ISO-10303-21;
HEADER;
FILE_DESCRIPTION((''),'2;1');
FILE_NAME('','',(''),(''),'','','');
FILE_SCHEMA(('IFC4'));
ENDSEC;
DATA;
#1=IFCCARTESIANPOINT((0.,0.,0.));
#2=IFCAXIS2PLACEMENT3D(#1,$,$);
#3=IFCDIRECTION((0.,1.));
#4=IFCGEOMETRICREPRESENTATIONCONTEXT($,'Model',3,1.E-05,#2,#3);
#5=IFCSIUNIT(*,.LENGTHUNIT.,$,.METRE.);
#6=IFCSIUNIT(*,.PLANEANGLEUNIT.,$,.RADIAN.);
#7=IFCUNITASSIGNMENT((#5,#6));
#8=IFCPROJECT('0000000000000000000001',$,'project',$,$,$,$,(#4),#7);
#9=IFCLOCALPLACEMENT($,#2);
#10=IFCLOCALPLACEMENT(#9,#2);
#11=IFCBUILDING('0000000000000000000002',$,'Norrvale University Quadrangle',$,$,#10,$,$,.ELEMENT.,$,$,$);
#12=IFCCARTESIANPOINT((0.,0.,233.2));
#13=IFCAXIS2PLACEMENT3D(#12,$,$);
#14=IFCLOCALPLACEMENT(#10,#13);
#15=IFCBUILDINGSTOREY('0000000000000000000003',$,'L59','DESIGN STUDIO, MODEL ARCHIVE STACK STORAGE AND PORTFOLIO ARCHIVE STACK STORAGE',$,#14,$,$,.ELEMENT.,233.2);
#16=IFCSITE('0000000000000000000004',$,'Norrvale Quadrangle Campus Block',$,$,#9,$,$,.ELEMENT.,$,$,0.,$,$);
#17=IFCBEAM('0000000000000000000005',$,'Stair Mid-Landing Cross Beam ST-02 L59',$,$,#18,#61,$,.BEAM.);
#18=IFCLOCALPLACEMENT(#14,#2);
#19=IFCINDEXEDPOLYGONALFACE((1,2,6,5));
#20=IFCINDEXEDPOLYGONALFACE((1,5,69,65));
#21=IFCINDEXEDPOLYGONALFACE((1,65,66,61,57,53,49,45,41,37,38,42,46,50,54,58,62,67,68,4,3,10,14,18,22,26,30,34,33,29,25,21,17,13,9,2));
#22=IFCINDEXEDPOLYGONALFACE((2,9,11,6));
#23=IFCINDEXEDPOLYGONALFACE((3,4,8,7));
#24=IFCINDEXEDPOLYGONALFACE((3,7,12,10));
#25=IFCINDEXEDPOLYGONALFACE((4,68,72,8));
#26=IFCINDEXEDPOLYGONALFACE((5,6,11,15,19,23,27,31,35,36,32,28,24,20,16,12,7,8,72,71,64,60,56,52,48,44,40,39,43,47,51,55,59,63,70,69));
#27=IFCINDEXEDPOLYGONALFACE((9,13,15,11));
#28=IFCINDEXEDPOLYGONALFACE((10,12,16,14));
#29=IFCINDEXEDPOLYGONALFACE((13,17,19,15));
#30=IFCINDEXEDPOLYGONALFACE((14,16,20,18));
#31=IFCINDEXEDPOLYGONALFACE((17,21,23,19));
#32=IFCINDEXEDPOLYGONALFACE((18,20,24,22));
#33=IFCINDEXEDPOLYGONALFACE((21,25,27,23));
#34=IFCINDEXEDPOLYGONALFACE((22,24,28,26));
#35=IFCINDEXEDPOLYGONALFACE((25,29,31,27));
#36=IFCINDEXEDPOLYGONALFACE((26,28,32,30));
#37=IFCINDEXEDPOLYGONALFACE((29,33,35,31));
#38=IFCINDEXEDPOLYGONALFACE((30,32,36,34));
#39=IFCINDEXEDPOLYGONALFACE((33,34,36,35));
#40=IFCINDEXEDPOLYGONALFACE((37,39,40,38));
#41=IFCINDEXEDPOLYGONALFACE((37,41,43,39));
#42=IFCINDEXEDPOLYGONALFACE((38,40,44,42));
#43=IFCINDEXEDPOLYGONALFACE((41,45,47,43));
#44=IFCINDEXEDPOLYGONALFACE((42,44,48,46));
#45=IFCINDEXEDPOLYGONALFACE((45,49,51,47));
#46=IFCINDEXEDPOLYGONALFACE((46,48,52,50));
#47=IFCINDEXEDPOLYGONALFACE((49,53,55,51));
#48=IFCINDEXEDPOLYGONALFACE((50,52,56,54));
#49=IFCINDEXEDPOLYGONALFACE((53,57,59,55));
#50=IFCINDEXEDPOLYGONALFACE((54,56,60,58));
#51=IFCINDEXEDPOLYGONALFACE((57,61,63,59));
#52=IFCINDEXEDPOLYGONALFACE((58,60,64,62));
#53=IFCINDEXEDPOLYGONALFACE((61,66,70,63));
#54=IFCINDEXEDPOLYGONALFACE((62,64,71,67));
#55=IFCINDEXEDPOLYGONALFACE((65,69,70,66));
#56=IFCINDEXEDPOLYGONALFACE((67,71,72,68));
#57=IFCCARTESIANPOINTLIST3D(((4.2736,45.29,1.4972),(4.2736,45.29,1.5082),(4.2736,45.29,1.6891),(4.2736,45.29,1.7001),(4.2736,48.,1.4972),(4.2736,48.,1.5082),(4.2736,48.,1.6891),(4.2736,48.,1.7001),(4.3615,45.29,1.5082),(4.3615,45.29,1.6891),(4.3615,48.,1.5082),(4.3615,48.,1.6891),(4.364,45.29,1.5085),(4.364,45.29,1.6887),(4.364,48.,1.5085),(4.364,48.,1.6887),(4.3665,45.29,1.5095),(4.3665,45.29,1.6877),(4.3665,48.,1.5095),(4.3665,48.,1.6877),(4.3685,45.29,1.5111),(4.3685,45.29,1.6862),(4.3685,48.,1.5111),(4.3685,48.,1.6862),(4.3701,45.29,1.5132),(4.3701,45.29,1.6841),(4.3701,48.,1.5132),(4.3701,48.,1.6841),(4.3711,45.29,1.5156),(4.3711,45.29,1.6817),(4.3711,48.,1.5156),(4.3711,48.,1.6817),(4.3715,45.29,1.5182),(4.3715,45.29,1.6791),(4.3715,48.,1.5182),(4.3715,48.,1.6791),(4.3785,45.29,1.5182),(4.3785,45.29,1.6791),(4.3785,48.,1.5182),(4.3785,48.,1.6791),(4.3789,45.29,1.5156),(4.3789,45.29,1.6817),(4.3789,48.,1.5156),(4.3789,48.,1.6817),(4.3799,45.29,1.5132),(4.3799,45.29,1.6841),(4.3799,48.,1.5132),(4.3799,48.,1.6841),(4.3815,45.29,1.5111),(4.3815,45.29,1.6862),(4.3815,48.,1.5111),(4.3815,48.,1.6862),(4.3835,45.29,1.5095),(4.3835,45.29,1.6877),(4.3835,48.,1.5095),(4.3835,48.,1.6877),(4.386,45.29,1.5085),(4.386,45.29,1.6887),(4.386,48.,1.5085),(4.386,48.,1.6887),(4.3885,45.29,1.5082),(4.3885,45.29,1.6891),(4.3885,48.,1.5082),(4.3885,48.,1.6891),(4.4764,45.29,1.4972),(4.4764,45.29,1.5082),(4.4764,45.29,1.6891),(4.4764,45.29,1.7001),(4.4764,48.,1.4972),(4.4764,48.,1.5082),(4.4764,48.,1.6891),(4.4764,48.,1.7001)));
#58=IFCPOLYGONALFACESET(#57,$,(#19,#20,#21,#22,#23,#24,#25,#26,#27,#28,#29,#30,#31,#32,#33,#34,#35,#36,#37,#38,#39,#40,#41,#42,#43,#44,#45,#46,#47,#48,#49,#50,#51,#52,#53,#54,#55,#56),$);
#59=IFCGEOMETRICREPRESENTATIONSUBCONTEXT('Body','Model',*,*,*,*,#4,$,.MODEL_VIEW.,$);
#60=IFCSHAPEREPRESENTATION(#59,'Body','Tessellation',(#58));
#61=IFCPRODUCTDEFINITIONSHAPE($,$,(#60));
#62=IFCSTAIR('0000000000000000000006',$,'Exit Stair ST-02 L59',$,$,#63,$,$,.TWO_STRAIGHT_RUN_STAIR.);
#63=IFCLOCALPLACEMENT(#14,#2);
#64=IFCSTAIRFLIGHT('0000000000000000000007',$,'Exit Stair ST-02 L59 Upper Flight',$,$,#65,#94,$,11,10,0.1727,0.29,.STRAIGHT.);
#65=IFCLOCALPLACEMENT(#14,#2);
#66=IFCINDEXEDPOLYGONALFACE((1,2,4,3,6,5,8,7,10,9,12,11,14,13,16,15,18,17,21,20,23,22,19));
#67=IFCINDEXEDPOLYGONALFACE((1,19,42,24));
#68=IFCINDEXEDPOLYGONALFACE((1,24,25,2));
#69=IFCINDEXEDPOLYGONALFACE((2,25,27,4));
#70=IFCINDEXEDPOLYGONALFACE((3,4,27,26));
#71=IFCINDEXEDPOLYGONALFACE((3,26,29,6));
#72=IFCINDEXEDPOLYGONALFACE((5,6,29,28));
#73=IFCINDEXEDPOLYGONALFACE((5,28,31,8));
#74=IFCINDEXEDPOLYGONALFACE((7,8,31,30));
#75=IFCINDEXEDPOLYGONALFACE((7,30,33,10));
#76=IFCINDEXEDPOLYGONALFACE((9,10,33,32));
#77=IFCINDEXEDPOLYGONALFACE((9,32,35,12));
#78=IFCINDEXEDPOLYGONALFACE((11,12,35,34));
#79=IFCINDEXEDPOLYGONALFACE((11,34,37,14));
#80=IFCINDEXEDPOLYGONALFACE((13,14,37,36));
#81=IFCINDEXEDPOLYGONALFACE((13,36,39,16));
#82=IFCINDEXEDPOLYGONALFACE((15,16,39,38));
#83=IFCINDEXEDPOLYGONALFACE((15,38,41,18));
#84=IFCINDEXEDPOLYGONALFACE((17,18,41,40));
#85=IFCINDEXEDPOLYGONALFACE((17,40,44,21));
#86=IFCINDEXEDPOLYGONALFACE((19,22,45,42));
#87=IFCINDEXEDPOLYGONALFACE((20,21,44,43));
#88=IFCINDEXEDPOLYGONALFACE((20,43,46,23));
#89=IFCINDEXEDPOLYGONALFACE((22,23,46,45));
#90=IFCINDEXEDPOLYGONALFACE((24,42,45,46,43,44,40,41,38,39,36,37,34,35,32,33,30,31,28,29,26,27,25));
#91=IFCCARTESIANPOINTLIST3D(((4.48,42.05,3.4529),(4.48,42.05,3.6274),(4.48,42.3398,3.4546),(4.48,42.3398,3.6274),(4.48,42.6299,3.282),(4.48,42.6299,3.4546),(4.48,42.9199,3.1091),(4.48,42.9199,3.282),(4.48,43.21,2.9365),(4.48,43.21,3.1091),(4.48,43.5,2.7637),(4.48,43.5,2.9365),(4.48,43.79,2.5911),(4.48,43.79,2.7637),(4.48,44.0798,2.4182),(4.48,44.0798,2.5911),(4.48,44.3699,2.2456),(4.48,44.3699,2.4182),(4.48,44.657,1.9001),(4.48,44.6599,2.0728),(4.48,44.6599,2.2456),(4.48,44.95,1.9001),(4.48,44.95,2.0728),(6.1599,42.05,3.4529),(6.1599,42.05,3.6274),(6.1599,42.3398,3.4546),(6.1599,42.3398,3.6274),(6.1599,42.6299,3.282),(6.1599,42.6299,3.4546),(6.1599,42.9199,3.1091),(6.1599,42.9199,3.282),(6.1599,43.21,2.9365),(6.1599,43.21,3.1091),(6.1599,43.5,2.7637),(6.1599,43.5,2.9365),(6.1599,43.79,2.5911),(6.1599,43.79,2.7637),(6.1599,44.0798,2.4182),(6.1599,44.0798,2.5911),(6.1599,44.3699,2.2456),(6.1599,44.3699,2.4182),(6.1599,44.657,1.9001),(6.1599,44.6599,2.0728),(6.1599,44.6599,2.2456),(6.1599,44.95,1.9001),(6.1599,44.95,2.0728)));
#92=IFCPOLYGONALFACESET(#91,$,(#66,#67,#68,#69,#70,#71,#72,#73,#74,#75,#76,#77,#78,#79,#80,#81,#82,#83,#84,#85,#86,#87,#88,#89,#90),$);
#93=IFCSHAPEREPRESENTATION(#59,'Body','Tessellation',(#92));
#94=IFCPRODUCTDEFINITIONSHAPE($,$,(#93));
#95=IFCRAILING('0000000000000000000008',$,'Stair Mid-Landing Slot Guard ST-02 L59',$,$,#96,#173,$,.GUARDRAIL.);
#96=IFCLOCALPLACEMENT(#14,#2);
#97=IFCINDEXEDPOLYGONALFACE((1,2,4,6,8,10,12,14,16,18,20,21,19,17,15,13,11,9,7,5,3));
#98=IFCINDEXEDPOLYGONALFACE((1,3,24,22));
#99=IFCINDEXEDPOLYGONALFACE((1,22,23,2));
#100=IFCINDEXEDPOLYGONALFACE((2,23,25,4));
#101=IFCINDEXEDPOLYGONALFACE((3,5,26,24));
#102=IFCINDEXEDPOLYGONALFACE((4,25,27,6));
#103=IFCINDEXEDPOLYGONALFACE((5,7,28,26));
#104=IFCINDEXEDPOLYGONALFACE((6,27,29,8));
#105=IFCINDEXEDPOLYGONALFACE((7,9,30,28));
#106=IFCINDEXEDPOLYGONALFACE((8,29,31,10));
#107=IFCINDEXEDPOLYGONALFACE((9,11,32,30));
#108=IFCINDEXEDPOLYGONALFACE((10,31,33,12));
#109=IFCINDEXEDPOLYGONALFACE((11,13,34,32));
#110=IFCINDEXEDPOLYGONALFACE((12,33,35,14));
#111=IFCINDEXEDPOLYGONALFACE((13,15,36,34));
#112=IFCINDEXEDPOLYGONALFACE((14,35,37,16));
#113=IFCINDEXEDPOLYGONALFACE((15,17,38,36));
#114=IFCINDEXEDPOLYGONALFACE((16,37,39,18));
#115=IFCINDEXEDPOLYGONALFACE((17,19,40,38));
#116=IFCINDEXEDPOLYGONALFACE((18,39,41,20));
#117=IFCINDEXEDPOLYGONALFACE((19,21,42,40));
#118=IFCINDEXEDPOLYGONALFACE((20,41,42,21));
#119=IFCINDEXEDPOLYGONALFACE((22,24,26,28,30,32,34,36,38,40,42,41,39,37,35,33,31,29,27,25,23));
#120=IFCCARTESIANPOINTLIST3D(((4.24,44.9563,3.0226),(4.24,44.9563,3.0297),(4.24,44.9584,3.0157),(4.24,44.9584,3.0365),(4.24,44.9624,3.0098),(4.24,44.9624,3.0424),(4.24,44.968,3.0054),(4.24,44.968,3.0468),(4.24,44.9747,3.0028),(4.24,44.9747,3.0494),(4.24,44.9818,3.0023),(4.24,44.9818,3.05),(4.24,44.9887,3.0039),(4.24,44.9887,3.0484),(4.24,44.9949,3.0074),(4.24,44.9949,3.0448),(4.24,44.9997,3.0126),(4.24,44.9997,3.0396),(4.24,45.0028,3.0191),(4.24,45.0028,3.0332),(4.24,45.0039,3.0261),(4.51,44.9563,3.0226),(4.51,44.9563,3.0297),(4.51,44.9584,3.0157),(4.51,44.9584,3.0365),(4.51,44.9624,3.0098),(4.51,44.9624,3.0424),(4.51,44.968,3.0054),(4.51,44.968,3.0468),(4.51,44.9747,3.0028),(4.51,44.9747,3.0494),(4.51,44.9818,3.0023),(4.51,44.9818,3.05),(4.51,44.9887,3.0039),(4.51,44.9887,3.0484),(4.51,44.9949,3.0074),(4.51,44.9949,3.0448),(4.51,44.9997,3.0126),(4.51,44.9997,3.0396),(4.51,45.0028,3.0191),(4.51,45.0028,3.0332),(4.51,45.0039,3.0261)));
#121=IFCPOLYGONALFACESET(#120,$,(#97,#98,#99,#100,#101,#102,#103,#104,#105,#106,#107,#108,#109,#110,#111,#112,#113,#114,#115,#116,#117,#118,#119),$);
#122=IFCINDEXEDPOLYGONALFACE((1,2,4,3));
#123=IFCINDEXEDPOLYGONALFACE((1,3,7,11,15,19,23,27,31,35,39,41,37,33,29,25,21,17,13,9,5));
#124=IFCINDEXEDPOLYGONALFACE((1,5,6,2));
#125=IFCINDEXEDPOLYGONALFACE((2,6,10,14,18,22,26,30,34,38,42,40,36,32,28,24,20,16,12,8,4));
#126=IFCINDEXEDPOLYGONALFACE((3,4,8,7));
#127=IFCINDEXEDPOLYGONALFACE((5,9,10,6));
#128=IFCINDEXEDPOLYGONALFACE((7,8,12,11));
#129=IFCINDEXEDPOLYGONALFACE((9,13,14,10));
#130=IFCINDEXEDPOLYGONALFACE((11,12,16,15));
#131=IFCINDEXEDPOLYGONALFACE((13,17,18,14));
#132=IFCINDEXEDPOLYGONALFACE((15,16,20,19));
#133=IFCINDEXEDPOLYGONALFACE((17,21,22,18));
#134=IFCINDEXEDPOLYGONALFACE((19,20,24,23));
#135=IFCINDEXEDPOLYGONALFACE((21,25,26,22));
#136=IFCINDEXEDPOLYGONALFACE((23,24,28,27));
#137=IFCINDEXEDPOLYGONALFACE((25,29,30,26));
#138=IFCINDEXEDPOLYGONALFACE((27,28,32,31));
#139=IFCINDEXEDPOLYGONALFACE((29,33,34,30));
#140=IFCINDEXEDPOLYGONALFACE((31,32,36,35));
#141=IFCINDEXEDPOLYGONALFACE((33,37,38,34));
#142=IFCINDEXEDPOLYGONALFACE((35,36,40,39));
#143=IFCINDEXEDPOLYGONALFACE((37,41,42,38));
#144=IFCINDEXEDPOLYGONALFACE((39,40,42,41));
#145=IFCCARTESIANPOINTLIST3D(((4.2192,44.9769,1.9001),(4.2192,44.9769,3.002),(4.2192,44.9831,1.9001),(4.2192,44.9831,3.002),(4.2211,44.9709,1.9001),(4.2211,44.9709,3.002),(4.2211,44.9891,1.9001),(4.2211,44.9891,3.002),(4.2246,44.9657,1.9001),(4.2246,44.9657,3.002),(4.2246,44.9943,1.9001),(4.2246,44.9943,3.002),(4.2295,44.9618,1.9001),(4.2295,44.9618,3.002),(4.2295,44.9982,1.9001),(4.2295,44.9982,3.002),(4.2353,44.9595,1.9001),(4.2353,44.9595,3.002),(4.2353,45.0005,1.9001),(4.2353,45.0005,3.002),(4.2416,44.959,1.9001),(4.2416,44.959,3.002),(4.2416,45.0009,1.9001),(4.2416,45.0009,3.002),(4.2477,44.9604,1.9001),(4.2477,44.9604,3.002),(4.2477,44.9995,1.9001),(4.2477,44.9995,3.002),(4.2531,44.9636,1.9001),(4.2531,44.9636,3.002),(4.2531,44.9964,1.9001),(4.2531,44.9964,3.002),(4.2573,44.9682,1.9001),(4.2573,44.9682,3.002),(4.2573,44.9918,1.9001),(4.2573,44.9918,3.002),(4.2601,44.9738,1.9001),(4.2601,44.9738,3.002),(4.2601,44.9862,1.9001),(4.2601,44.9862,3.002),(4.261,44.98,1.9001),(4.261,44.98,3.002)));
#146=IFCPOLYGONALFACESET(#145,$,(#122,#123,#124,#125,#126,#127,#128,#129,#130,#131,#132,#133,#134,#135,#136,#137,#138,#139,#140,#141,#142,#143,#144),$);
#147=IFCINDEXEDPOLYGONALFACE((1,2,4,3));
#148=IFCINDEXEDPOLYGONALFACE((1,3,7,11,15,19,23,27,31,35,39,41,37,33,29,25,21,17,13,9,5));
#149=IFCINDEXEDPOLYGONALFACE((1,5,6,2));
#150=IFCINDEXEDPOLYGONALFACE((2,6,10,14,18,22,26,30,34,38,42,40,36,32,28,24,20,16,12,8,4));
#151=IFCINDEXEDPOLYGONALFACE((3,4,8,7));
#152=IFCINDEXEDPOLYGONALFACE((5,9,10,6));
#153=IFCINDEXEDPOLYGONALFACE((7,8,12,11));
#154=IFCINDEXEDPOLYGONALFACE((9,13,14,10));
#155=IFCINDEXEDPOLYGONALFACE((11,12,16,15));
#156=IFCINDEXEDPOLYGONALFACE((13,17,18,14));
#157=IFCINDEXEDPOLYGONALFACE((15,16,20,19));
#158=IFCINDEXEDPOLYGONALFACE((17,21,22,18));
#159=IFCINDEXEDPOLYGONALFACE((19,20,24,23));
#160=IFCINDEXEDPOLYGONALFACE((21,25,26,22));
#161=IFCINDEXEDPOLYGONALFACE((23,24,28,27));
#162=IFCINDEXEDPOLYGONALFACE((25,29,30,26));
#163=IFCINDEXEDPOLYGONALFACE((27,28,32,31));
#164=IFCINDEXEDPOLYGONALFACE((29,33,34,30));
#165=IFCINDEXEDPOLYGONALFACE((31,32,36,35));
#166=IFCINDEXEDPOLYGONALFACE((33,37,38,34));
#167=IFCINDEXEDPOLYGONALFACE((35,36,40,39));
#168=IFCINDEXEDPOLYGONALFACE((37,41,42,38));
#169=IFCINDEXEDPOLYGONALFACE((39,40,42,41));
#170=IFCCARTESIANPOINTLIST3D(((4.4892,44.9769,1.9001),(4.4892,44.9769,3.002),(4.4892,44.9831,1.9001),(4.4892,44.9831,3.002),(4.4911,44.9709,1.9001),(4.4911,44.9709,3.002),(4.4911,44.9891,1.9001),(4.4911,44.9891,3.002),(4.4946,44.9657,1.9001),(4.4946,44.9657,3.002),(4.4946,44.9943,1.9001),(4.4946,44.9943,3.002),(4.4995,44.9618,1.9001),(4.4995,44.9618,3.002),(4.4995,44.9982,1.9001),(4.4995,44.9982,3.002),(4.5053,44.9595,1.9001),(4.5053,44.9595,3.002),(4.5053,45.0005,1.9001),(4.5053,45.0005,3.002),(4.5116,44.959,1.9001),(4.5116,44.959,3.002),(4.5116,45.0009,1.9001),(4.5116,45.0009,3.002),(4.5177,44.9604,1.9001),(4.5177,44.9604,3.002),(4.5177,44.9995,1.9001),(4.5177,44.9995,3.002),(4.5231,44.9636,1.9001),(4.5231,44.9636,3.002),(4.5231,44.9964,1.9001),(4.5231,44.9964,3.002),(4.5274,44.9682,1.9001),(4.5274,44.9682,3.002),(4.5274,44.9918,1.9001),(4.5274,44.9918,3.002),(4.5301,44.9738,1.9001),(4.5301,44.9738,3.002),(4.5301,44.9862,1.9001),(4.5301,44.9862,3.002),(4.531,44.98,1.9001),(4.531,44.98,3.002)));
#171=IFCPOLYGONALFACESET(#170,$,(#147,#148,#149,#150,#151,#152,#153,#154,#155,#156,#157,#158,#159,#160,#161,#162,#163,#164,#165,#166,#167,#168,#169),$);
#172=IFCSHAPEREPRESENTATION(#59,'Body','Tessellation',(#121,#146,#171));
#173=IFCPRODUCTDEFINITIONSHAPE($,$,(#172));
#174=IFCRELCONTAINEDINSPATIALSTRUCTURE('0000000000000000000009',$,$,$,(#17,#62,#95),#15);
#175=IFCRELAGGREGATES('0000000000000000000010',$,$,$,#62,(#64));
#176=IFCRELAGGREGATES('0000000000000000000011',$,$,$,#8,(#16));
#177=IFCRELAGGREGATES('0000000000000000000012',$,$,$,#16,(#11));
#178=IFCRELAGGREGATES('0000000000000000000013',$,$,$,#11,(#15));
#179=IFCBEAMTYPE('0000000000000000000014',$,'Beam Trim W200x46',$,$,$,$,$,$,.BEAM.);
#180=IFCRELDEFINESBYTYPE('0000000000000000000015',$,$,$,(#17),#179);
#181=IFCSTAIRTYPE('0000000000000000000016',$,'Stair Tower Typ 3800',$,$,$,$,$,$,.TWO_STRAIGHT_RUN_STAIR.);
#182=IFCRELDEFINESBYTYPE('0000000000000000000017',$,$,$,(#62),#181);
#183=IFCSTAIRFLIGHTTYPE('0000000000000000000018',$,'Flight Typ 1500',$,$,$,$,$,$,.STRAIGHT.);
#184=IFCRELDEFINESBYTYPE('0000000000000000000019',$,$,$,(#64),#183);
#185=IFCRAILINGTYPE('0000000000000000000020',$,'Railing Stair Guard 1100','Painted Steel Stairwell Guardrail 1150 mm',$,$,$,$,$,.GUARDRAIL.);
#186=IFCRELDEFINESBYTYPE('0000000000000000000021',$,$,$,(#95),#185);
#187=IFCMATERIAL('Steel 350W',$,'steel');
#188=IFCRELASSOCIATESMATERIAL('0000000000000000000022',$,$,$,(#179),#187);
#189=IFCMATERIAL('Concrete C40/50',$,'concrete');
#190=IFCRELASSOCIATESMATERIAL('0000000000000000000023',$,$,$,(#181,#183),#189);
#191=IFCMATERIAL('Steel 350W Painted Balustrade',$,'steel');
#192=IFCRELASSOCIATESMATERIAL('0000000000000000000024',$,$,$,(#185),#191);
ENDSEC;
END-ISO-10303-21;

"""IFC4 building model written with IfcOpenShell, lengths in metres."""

from ifc_helpers import new_model, si_unit, direction, frame, origin, origin_2d, place, context, subcontext, project, spatial, polyline, circle, i_section, outline, extrude, material, material_profile, profile_set, type_object, element, aggregate, save


model = new_model("IFC4")

# Units and contexts
model_context = context("Model", 3, precision=1e-05, world=origin(), true_north=direction((0.0, 1.0)))
body_context = subcontext(model_context, "Body", "Model", "MODEL_VIEW")
ifc_project = project(units=[si_unit("LENGTHUNIT", "METRE"), si_unit("PLANEANGLEUNIT", "RADIAN")], contexts=[model_context])

# Site, building, storey
site_placement = place(None, origin())
site = spatial("IfcSite", under=ifc_project, at=site_placement, Name="Norrvale Quadrangle Campus Block", CompositionType="ELEMENT", RefElevation=0.0)
building_placement = place(site_placement, origin())
building = spatial("IfcBuilding", under=site, at=building_placement, Name="Norrvale University Quadrangle", CompositionType="ELEMENT")
storey_placement = place(building_placement, frame((0.0, 0.0, 233.2)))
storey = spatial("IfcBuildingStorey", under=building, at=storey_placement, Name="L59", Description="DESIGN STUDIO, MODEL ARCHIVE STACK STORAGE AND PORTFOLIO ARCHIVE STACK STORAGE", CompositionType="ELEMENT", Elevation=233.2)

# Beam
ifc_material_1 = material(Name="Steel 350W", Category="steel")
ifc_material_profile_1 = material_profile(ifc_material_1, i_section(OverallWidth=0.2029, OverallDepth=0.2029, WebThickness=0.0071, FlangeThickness=0.011, FilletRadius=0.01, at=origin_2d()), Name="Steel 350W")
ifc_profile_set_1 = profile_set([ifc_material_profile_1], Name="Steel 350W")
beam_type_1 = type_object("IfcBeamType", Name="Beam Trim W200x46", PredefinedType="BEAM", material=ifc_profile_set_1)
beam_1_placement = place(storey_placement, frame((4.375, 45.29, 1.5986), z_axis=(0.0, 1.0, 0.0), x_axis=(-1.0, 0.0, 0.0)))
element("IfcBeam", 1, at=beam_1_placement, inside=storey, type_object=beam_type_1, Name="Stair Mid-Landing Cross Beam ST-02 L59", PredefinedType="BEAM", context=body_context, shape_type="SweptSolid", body=[
    extrude(i_section(OverallWidth=0.2029, OverallDepth=0.2029, WebThickness=0.0071, FlangeThickness=0.011, FilletRadius=0.01, at=origin_2d()), origin(), (0.0, 0.0, 1.0), 2.71),
])

# Stair, stair flight
ifc_material_2 = material(Name="Concrete C40/50", Category="concrete")
stair_type = type_object("IfcStairType", Name="Stair Tower Typ 3800", PredefinedType="TWO_STRAIGHT_RUN_STAIR", material=ifc_material_2)
stair_placement = place(storey_placement, origin())
stair = element("IfcStair", 2, at=stair_placement, inside=storey, type_object=stair_type, Name="Exit Stair ST-02 L59", PredefinedType="TWO_STRAIGHT_RUN_STAIR")
stair_flight_type = type_object("IfcStairFlightType", Name="Flight Typ 1500", PredefinedType="STRAIGHT", material=ifc_material_2)
stair_flight_placement = place(storey_placement, frame((5.3201, 44.95, 1.9001), z_axis=(0.0, 0.0, 1.0), x_axis=(0.0, -1.0, 0.0)))
stair_flight = element("IfcStairFlight", 3, at=stair_flight_placement, type_object=stair_flight_type, Name="Exit Stair ST-02 L59 Upper Flight", NumberOfRisers=11, NumberOfTreads=10, PredefinedType="STRAIGHT", RiserHeight=0.1727, TreadLength=0.29, context=body_context, shape_type="SweptSolid", body=[
    extrude(outline(polyline([(0.0, 0.0), (0.0, 0.1726), (0.29, 0.1726), (0.29, 0.3455), (0.5801, 0.3455), (0.5801, 0.5181), (0.8701, 0.5181), (0.8701, 0.6909), (1.1599, 0.6909), (1.1599, 0.8635), (1.45, 0.8635), (1.45, 1.0364), (1.74, 1.0364), (1.74, 1.209), (2.03, 1.209), (2.03, 1.3818), (2.3201, 1.3818), (2.3201, 1.5544), (2.6101, 1.5544), (2.6101, 1.7273), (2.8999, 1.7273), (2.8999, 1.8999), (2.8999, 1.5527), (0.293, 0.0), (0.0, 0.0)])), frame((0.0, 0.8398, 0.0), z_axis=(0.0, -1.0, 0.0), x_axis=(1.0, 0.0, 0.0)), (0.0, 0.0, 1.0), 1.6799),
])
aggregate(stair, [stair_flight])

# Railing
ifc_material_3 = material(Name="Steel 350W Painted Balustrade", Category="steel")
railing_type_1 = type_object("IfcRailingType", Name="Railing Stair Guard 1100", Description="Painted Steel Stairwell Guardrail 1150 mm", PredefinedType="GUARDRAIL", material=ifc_material_3)
railing_1_placement = place(storey_placement, frame((4.24, 44.98, 1.9001)))
element("IfcRailing", 4, at=railing_1_placement, inside=storey, type_object=railing_type_1, Name="Stair Mid-Landing Slot Guard ST-02 L59", PredefinedType="GUARDRAIL", context=body_context, shape_type="SweptSolid", body=[
    extrude(circle(Radius=0.0239, at=origin_2d()), frame((0.0, 0.0, 1.126), z_axis=(1.0, 0.0, 0.0), x_axis=(0.0, 1.0, 0.0)), (0.0, 0.0, 1.0), 0.27),
    extrude(circle(Radius=0.021, at=origin_2d()), origin(), (0.0, 0.0, 1.0), 1.1018),
    extrude(circle(Radius=0.021, at=origin_2d()), frame((0.27, 0.0, 0.0)), (0.0, 0.0, 1.0), 1.1018),
])

save(model, "model.ifc")
